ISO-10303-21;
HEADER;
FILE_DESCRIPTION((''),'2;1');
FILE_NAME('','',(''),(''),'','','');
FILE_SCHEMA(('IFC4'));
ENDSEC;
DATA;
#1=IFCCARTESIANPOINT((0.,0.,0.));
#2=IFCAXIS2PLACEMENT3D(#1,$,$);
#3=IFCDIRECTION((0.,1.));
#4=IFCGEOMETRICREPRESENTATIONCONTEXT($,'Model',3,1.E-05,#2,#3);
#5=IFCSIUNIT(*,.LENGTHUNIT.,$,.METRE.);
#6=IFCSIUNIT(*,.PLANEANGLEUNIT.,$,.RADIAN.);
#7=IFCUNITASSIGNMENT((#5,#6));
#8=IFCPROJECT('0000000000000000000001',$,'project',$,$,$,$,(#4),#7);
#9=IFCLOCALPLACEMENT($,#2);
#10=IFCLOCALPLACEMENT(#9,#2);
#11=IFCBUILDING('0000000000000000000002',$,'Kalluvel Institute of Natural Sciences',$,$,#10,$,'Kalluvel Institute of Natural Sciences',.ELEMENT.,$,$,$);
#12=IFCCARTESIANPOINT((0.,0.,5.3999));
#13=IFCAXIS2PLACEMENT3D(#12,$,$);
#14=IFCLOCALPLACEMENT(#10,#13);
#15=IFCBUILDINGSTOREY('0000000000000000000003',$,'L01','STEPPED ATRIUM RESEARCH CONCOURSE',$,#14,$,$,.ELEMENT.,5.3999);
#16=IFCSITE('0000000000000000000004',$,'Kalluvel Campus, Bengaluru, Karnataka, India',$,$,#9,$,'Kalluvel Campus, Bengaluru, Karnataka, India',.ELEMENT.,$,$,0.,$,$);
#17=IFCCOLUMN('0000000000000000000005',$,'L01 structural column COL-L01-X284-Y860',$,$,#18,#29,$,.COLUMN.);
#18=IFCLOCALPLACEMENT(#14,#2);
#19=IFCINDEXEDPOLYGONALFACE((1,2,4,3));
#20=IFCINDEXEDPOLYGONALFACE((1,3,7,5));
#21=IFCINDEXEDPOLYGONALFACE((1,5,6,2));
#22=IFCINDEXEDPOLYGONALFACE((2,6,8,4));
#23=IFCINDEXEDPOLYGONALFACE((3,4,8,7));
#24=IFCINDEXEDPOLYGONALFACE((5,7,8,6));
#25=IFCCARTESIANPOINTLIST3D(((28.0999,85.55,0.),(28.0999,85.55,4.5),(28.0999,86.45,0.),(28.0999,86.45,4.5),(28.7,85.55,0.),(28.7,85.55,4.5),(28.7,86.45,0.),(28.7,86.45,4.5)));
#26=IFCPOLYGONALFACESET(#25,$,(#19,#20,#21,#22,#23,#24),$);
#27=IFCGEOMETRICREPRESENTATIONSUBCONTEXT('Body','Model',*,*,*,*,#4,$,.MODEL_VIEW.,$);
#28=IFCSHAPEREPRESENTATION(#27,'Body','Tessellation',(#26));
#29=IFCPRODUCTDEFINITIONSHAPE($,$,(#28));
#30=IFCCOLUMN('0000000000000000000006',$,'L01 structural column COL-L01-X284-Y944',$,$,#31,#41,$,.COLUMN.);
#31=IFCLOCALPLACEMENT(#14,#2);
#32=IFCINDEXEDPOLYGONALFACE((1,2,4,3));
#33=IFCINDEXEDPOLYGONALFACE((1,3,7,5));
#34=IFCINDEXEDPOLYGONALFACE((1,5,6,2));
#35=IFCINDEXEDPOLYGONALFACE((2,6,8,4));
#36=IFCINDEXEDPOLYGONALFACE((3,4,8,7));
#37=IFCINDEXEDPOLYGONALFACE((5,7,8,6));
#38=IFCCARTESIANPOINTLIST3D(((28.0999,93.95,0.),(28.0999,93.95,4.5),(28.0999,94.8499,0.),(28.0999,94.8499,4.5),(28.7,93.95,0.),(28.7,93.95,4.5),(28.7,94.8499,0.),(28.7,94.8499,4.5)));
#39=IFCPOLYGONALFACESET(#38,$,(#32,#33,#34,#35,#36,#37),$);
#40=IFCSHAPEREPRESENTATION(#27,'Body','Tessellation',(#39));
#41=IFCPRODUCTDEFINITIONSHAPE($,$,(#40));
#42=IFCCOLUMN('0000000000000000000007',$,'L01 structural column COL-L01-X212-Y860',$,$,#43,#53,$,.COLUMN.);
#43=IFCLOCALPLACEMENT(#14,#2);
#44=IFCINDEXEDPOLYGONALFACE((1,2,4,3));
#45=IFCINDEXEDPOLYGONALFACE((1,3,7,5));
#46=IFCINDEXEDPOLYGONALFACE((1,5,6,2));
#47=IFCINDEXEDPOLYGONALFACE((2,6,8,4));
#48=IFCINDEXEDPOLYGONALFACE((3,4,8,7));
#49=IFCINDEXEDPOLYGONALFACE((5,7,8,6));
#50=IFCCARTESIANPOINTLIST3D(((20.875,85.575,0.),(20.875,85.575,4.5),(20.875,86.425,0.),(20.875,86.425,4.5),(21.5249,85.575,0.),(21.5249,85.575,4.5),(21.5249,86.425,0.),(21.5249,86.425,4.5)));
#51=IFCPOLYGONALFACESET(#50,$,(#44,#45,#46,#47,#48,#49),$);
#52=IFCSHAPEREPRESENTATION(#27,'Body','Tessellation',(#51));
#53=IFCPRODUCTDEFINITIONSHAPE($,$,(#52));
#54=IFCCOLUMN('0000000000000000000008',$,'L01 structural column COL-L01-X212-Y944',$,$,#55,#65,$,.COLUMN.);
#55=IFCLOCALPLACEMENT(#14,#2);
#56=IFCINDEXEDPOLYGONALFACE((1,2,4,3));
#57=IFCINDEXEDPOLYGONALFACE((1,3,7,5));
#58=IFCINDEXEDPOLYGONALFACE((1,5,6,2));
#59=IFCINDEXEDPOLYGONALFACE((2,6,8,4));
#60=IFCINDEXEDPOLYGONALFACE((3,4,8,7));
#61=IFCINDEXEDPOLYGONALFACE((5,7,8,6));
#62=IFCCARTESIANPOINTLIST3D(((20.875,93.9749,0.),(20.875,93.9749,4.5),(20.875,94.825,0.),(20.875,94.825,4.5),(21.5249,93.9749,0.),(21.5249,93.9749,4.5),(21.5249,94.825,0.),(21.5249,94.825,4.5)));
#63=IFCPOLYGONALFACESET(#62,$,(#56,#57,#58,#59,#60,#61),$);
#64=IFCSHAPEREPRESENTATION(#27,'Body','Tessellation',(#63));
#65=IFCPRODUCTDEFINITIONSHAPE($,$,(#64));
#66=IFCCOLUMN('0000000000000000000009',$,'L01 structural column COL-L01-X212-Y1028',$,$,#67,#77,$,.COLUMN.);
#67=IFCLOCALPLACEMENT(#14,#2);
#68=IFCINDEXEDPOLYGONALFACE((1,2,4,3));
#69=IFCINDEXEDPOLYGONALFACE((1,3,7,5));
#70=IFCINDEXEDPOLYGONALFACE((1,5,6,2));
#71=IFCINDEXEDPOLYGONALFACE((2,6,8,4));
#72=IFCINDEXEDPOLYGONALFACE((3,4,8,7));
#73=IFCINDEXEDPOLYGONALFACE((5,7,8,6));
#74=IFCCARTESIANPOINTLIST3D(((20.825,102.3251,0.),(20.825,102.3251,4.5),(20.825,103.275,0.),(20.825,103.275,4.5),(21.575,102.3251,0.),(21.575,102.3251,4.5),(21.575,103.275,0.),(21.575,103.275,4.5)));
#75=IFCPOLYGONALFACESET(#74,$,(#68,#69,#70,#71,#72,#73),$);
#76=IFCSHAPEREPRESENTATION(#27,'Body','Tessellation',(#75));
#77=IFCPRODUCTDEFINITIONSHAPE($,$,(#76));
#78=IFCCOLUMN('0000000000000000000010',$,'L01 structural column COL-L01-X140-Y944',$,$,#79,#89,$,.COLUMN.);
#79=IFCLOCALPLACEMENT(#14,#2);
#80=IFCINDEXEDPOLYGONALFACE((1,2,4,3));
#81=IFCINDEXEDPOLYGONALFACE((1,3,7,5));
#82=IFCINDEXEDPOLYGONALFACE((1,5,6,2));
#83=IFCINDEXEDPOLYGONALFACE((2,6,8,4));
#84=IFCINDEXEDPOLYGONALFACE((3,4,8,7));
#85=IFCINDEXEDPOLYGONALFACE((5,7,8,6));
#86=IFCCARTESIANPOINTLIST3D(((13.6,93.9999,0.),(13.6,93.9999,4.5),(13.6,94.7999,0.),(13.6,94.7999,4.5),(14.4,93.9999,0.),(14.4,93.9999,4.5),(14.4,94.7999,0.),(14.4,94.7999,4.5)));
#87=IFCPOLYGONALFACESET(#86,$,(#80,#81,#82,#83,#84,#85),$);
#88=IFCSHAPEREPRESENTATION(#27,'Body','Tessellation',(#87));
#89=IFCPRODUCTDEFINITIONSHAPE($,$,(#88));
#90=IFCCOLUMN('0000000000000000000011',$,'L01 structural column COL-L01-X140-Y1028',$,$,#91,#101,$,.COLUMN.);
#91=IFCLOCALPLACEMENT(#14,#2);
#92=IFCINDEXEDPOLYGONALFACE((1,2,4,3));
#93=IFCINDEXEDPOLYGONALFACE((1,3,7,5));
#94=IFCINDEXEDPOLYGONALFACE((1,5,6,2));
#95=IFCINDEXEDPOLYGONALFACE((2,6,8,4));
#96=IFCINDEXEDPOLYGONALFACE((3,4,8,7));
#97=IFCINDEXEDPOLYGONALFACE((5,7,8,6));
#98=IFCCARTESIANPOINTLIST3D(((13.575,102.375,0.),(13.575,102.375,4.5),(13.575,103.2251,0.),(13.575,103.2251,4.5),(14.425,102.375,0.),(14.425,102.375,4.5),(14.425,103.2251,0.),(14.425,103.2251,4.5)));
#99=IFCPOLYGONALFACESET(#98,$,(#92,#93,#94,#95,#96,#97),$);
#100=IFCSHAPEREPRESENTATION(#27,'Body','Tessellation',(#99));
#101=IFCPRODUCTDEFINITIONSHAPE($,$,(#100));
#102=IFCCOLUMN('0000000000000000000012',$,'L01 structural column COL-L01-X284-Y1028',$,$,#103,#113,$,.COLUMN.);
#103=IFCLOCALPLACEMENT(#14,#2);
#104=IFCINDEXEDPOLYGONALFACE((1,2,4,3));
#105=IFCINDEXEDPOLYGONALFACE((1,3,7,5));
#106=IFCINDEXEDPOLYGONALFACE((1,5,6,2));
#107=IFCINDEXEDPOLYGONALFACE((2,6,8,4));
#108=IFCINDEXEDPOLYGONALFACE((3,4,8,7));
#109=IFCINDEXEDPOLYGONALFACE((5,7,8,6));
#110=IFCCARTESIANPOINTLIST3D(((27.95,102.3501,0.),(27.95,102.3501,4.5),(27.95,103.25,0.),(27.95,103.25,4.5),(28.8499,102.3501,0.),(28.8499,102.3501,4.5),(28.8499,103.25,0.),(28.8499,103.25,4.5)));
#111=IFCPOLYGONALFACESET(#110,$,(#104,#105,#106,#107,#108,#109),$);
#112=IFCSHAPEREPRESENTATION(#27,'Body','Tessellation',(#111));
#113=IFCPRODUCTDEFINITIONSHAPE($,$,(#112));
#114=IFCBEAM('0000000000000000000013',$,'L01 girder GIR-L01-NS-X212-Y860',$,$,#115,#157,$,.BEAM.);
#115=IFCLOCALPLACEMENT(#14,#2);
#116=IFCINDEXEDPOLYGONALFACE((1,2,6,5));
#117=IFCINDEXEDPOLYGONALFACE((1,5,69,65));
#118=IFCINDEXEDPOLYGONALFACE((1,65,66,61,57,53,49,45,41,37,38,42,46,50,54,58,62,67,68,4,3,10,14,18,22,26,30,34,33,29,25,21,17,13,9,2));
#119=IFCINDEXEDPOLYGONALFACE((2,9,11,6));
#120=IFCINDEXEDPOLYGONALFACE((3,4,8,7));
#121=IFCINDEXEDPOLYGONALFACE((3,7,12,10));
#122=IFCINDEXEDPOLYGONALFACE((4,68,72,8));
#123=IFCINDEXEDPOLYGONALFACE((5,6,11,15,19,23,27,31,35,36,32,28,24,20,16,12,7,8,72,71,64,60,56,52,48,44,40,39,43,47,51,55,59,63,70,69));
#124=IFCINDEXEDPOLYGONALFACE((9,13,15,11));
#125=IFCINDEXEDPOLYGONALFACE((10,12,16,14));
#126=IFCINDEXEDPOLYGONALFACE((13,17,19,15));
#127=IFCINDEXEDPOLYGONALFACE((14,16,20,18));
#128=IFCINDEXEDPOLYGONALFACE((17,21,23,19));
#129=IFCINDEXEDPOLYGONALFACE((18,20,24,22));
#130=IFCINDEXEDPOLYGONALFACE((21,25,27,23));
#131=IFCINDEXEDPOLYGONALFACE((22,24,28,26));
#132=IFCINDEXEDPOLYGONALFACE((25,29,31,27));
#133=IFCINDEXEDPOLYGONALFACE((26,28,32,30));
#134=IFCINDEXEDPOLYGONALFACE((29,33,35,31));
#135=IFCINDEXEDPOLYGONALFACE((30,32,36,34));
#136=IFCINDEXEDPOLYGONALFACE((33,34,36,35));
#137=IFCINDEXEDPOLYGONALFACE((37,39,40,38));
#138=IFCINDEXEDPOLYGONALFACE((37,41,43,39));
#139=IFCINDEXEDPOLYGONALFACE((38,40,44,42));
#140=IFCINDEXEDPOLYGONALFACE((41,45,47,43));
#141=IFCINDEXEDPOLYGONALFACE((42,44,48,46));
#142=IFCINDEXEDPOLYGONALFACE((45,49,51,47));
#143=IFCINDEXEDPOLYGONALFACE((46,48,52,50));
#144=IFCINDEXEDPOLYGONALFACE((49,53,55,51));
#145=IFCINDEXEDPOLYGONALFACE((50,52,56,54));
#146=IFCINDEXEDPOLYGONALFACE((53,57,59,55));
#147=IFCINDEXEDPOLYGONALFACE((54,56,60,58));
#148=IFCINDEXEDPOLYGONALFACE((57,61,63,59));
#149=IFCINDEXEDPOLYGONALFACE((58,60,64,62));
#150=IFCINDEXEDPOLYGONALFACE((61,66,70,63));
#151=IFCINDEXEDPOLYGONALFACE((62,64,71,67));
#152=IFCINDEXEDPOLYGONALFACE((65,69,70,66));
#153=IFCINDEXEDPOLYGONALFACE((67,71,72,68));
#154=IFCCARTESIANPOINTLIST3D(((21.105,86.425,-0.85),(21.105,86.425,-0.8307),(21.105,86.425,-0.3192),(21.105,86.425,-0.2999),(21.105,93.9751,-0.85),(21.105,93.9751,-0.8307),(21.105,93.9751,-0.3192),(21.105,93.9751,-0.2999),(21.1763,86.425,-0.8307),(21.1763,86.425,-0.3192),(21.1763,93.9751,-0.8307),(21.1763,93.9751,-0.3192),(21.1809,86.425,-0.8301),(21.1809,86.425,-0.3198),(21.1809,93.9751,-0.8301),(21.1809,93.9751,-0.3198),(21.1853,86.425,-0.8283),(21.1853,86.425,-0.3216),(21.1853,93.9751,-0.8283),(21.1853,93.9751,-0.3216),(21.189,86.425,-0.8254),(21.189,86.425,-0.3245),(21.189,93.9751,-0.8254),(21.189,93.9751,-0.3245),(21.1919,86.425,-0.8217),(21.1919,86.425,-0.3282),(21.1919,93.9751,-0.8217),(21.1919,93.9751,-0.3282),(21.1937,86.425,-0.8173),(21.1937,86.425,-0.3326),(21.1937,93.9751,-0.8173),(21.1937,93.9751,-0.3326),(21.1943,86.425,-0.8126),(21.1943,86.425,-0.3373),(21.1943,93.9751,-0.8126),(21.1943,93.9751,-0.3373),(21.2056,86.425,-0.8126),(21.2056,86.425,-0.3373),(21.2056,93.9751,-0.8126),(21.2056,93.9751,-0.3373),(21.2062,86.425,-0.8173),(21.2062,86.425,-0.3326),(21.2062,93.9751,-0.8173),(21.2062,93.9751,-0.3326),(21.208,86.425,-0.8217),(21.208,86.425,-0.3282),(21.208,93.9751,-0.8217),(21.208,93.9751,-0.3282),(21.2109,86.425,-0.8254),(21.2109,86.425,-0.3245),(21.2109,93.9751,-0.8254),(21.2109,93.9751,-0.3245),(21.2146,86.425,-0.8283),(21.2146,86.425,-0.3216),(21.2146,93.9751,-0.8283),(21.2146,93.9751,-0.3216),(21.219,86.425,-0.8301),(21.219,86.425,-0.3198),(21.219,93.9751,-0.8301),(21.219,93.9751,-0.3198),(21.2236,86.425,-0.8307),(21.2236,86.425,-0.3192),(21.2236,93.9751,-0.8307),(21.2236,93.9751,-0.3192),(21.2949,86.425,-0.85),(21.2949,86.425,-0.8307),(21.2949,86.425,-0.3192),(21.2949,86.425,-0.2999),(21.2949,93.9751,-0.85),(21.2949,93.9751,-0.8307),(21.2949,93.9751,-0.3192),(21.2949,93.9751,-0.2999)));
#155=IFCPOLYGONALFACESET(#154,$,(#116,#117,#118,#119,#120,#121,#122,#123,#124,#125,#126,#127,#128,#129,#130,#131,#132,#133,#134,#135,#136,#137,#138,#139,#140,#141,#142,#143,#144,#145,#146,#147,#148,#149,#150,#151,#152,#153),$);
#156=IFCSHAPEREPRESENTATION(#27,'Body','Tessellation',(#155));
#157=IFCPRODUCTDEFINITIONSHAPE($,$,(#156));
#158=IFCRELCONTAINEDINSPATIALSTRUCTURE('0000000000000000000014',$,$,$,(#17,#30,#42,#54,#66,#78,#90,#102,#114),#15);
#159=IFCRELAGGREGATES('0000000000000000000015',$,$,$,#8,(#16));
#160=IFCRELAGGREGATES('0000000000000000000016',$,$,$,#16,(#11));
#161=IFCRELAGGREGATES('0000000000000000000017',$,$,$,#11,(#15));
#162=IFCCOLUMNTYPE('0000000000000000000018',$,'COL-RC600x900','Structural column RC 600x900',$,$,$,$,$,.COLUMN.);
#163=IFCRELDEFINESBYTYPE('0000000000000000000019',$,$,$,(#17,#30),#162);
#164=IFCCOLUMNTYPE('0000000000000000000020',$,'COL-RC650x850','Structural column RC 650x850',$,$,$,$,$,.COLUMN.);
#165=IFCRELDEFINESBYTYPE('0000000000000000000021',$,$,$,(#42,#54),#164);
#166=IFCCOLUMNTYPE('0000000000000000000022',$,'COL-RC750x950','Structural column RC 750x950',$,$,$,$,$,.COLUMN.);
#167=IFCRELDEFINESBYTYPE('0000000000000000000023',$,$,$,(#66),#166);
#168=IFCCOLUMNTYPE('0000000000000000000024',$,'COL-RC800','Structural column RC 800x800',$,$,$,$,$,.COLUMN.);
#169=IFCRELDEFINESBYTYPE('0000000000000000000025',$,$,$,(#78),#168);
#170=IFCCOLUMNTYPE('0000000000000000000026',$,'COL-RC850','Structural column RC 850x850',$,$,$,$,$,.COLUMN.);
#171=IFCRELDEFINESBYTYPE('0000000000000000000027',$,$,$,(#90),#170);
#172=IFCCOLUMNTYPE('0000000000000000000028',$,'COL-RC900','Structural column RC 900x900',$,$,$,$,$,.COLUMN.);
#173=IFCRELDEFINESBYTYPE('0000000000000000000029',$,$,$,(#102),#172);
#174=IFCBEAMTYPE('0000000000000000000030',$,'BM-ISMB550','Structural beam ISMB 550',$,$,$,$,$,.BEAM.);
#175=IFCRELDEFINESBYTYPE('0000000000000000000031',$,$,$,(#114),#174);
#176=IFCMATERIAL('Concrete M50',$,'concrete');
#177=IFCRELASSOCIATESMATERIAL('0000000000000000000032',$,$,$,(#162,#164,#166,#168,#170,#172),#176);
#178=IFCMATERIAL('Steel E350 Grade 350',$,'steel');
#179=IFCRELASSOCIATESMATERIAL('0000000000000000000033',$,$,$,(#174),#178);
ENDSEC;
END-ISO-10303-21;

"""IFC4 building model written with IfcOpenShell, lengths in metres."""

from ifc_helpers import new_model, si_unit, direction, frame, origin, origin_2d, place, context, subcontext, project, spatial, rectangle, i_section, extrude, material, material_profile, profile_set, type_object, element, save


model = new_model("IFC4")

# Units and contexts
model_context = context("Model", 3, precision=1e-05, world=origin(), true_north=direction((0.0, 1.0)))
body_context = subcontext(model_context, "Body", "Model", "MODEL_VIEW")
ifc_project = project(units=[si_unit("LENGTHUNIT", "METRE"), si_unit("PLANEANGLEUNIT", "RADIAN")], contexts=[model_context])

# Site, building, storey
site_placement = place(None, origin())
site = spatial("IfcSite", under=ifc_project, at=site_placement, Name="Kalluvel Campus, Bengaluru, Karnataka, India", LongName="Kalluvel Campus, Bengaluru, Karnataka, India", CompositionType="ELEMENT", RefElevation=0.0)
building_placement = place(site_placement, origin())
building = spatial("IfcBuilding", under=site, at=building_placement, Name="Kalluvel Institute of Natural Sciences", LongName="Kalluvel Institute of Natural Sciences", CompositionType="ELEMENT")
storey_placement = place(building_placement, frame((0.0, 0.0, 5.3999)))
storey = spatial("IfcBuildingStorey", under=building, at=storey_placement, Name="L01", Description="STEPPED ATRIUM RESEARCH CONCOURSE", CompositionType="ELEMENT", Elevation=5.3999)

# Columns
ifc_material_1 = material(Name="Concrete M50", Category="concrete")
ifc_material_profile_1 = material_profile(ifc_material_1, rectangle(XDim=0.6001, YDim=0.8999, at=origin_2d()), Name="RC 600x900")
ifc_profile_set_1 = profile_set([ifc_material_profile_1], Name="Concrete M50")
column_type_1 = type_object("IfcColumnType", Name="COL-RC600x900", Description="Structural column RC 600x900", PredefinedType="COLUMN", material=ifc_profile_set_1)
for number, where, z_axis, x_axis, name in (
    (1, (28.3999, 86.0, 0.0), (0.0, 0.0, 1.0), (1.0, 0.0, 0.0), "L01 structural column COL-L01-X284-Y860"),
    (2, (28.3999, 94.3999, 0.0), (0.0, 0.0, 1.0), (1.0, 0.0, 0.0), "L01 structural column COL-L01-X284-Y944"),
):
    element("IfcColumn", number, at=place(storey_placement, frame(where, z_axis=z_axis, x_axis=x_axis)), inside=storey, type_object=column_type_1, Name=name, PredefinedType="COLUMN", context=body_context, shape_type="SweptSolid", body=[
        extrude(rectangle(XDim=0.6001, YDim=0.8999, at=origin_2d()), origin(), (0.0, 0.0, 1.0), 4.5),
    ])
ifc_material_profile_2 = material_profile(ifc_material_1, rectangle(XDim=0.6499, YDim=0.8501, at=origin_2d()), Name="RC 650x850")
ifc_profile_set_2 = profile_set([ifc_material_profile_2], Name="Concrete M50")
column_type_2 = type_object("IfcColumnType", Name="COL-RC650x850", Description="Structural column RC 650x850", PredefinedType="COLUMN", material=ifc_profile_set_2)
for number, where, z_axis, x_axis, name in (
    (3, (21.2, 86.0, 0.0), (0.0, 0.0, 1.0), (1.0, 0.0, 0.0), "L01 structural column COL-L01-X212-Y860"),
    (4, (21.2, 94.3999, 0.0), (0.0, 0.0, 1.0), (1.0, 0.0, 0.0), "L01 structural column COL-L01-X212-Y944"),
):
    element("IfcColumn", number, at=place(storey_placement, frame(where, z_axis=z_axis, x_axis=x_axis)), inside=storey, type_object=column_type_2, Name=name, PredefinedType="COLUMN", context=body_context, shape_type="SweptSolid", body=[
        extrude(rectangle(XDim=0.6499, YDim=0.8501, at=origin_2d()), origin(), (0.0, 0.0, 1.0), 4.5),
    ])
ifc_material_profile_3 = material_profile(ifc_material_1, rectangle(XDim=0.75, YDim=0.95, at=origin_2d()), Name="RC 750x950")
ifc_profile_set_3 = profile_set([ifc_material_profile_3], Name="Concrete M50")
column_type_3 = type_object("IfcColumnType", Name="COL-RC750x950", Description="Structural column RC 750x950", PredefinedType="COLUMN", material=ifc_profile_set_3)
column_1_placement = place(storey_placement, frame((21.2, 102.8, 0.0), z_axis=(0.0, 0.0, 1.0), x_axis=(1.0, 0.0, 0.0)))
element("IfcColumn", 5, at=column_1_placement, inside=storey, type_object=column_type_3, Name="L01 structural column COL-L01-X212-Y1028", PredefinedType="COLUMN", context=body_context, shape_type="SweptSolid", body=[
    extrude(rectangle(XDim=0.75, YDim=0.95, at=origin_2d()), origin(), (0.0, 0.0, 1.0), 4.5),
])
ifc_material_profile_4 = material_profile(ifc_material_1, rectangle(XDim=0.8, YDim=0.8, at=origin_2d()), Name="RC 800x800")
ifc_profile_set_4 = profile_set([ifc_material_profile_4], Name="Concrete M50")
column_type_4 = type_object("IfcColumnType", Name="COL-RC800", Description="Structural column RC 800x800", PredefinedType="COLUMN", material=ifc_profile_set_4)
column_2_placement = place(storey_placement, frame((14.0, 94.3999, 0.0), z_axis=(0.0, 0.0, 1.0), x_axis=(1.0, 0.0, 0.0)))
element("IfcColumn", 6, at=column_2_placement, inside=storey, type_object=column_type_4, Name="L01 structural column COL-L01-X140-Y944", PredefinedType="COLUMN", context=body_context, shape_type="SweptSolid", body=[
    extrude(rectangle(XDim=0.8, YDim=0.8, at=origin_2d()), origin(), (0.0, 0.0, 1.0), 4.5),
])
ifc_material_profile_5 = material_profile(ifc_material_1, rectangle(XDim=0.8501, YDim=0.8501, at=origin_2d()), Name="RC 850x850")
ifc_profile_set_5 = profile_set([ifc_material_profile_5], Name="Concrete M50")
column_type_5 = type_object("IfcColumnType", Name="COL-RC850", Description="Structural column RC 850x850", PredefinedType="COLUMN", material=ifc_profile_set_5)
column_3_placement = place(storey_placement, frame((14.0, 102.8, 0.0), z_axis=(0.0, 0.0, 1.0), x_axis=(1.0, 0.0, 0.0)))
element("IfcColumn", 7, at=column_3_placement, inside=storey, type_object=column_type_5, Name="L01 structural column COL-L01-X140-Y1028", PredefinedType="COLUMN", context=body_context, shape_type="SweptSolid", body=[
    extrude(rectangle(XDim=0.8501, YDim=0.8501, at=origin_2d()), origin(), (0.0, 0.0, 1.0), 4.5),
])
ifc_material_profile_6 = material_profile(ifc_material_1, rectangle(XDim=0.8999, YDim=0.8999, at=origin_2d()), Name="RC 900x900")
ifc_profile_set_6 = profile_set([ifc_material_profile_6], Name="Concrete M50")
column_type_6 = type_object("IfcColumnType", Name="COL-RC900", Description="Structural column RC 900x900", PredefinedType="COLUMN", material=ifc_profile_set_6)
column_4_placement = place(storey_placement, frame((28.3999, 102.8, 0.0), z_axis=(0.0, 0.0, 1.0), x_axis=(1.0, 0.0, 0.0)))
element("IfcColumn", 8, at=column_4_placement, inside=storey, type_object=column_type_6, Name="L01 structural column COL-L01-X284-Y1028", PredefinedType="COLUMN", context=body_context, shape_type="SweptSolid", body=[
    extrude(rectangle(XDim=0.8999, YDim=0.8999, at=origin_2d()), origin(), (0.0, 0.0, 1.0), 4.5),
])

# Beam
ifc_material_2 = material(Name="Steel E350 Grade 350", Category="steel")
ifc_material_profile_7 = material_profile(ifc_material_2, i_section(OverallWidth=0.1899, OverallDepth=0.55, WebThickness=0.0112, FlangeThickness=0.0193, FilletRadius=0.0181, at=origin_2d()), Name="ISMB 550")
ifc_profile_set_7 = profile_set([ifc_material_profile_7], Name="Steel E350 Grade 350")
beam_type_1 = type_object("IfcBeamType", Name="BM-ISMB550", Description="Structural beam ISMB 550", PredefinedType="BEAM", material=ifc_profile_set_7)
beam_1_placement = place(storey_placement, frame((21.2, 86.425, -0.575), z_axis=(0.0, 1.0, 0.0), x_axis=(-1.0, 0.0, 0.0)))
element("IfcBeam", 9, at=beam_1_placement, inside=storey, type_object=beam_type_1, Name="L01 girder GIR-L01-NS-X212-Y860", PredefinedType="BEAM", context=body_context, shape_type="SweptSolid", body=[
    extrude(i_section(OverallWidth=0.1899, OverallDepth=0.55, WebThickness=0.0112, FlangeThickness=0.0193, FilletRadius=0.0181, at=origin_2d()), origin(), (0.0, 0.0, 1.0), 7.55),
])

save(model, "model.ifc")
